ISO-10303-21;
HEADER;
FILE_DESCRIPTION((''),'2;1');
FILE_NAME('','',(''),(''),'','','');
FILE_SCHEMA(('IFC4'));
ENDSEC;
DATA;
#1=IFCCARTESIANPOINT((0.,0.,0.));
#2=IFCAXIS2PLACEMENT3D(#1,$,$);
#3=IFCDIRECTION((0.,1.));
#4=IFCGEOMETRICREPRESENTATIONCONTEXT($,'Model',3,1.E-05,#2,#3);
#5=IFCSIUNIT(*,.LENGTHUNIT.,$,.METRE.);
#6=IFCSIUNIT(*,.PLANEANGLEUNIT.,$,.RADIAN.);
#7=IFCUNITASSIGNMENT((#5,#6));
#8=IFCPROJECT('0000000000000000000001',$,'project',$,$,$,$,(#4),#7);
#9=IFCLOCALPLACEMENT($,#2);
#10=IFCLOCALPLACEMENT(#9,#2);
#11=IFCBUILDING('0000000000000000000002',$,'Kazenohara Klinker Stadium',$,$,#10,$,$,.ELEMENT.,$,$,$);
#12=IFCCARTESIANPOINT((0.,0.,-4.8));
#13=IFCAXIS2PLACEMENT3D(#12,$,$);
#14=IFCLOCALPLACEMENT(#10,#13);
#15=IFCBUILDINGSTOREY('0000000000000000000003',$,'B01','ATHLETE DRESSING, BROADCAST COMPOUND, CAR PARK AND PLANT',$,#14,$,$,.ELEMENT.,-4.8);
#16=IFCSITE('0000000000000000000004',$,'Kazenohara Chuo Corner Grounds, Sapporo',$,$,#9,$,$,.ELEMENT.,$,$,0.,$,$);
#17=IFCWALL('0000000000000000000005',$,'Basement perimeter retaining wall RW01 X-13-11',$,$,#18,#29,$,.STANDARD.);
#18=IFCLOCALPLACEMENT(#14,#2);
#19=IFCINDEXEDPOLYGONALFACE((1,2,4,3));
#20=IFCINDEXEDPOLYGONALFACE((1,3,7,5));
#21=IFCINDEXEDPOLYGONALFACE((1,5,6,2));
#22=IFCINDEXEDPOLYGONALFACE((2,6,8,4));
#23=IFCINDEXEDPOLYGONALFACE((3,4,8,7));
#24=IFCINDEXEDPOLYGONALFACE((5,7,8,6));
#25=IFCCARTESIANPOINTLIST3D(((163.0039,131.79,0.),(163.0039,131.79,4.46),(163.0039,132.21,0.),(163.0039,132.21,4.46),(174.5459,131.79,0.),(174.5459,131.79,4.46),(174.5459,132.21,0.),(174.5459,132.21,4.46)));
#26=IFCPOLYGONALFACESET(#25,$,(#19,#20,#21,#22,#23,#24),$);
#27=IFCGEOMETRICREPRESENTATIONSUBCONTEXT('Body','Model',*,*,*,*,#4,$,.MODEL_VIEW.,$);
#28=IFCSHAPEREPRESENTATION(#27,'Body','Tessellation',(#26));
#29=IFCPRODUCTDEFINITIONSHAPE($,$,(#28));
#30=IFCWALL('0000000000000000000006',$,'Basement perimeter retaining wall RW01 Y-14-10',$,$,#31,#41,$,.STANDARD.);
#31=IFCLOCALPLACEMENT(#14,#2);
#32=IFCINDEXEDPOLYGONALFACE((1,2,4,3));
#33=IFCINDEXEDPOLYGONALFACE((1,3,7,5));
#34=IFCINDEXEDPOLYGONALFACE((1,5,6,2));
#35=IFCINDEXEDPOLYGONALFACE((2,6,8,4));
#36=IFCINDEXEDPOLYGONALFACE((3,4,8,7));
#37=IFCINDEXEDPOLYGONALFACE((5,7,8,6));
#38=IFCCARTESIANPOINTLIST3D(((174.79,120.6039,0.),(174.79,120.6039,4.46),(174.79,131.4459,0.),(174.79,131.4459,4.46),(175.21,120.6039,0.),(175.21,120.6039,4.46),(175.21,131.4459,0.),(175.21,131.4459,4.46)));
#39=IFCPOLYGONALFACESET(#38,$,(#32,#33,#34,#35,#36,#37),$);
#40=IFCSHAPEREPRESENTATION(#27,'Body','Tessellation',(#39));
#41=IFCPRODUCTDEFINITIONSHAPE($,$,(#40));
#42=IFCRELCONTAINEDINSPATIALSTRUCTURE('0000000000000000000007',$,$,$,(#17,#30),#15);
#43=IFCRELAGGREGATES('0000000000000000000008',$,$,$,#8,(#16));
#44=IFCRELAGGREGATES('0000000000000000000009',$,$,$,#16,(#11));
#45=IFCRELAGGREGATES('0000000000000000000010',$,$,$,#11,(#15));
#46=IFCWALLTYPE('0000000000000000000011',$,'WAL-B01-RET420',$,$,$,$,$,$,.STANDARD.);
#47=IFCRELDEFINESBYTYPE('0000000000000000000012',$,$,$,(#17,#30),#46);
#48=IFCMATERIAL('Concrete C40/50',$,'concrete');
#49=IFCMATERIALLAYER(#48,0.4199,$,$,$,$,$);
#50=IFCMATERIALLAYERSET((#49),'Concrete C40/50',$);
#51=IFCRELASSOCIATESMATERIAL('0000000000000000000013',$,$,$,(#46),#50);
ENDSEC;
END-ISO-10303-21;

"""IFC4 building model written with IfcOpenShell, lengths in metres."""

from ifc_helpers import new_model, si_unit, direction, frame, frame_2d, origin, place, context, subcontext, project, spatial, rectangle, extrude, material, layer, layer_set, type_object, element, save


model = new_model("IFC4")

# Units and contexts
model_context = context("Model", 3, precision=1e-05, world=origin(), true_north=direction((0.0, 1.0)))
body_context = subcontext(model_context, "Body", "Model", "MODEL_VIEW")
ifc_project = project(units=[si_unit("LENGTHUNIT", "METRE"), si_unit("PLANEANGLEUNIT", "RADIAN")], contexts=[model_context])

# Site, building, storey
site_placement = place(None, origin())
site = spatial("IfcSite", under=ifc_project, at=site_placement, Name="Kazenohara Chuo Corner Grounds, Sapporo", CompositionType="ELEMENT", RefElevation=0.0)
building_placement = place(site_placement, origin())
building = spatial("IfcBuilding", under=site, at=building_placement, Name="Kazenohara Klinker Stadium", CompositionType="ELEMENT")
storey_placement = place(building_placement, frame((0.0, 0.0, -4.8)))
storey = spatial("IfcBuildingStorey", under=building, at=storey_placement, Name="B01", Description="ATHLETE DRESSING, BROADCAST COMPOUND, CAR PARK AND PLANT", CompositionType="ELEMENT", Elevation=-4.8)

# Shared definitions
ifc_material_1 = material(Name="Concrete C40/50", Category="concrete")

# Walls
ifc_layer_1 = layer(ifc_material_1, 0.4199)
ifc_layer_set_1 = layer_set([ifc_layer_1], Name="Concrete C40/50")
wall_type_1 = type_object("IfcWallType", Name="WAL-B01-RET420", PredefinedType="STANDARD", material=ifc_layer_set_1)
wall_1_placement = place(storey_placement, frame((163.0039, 132.0, 0.0), z_axis=(0.0, 0.0, 1.0), x_axis=(1.0, 0.0, 0.0)))
element("IfcWall", 1, at=wall_1_placement, inside=storey, type_object=wall_type_1, Name="Basement perimeter retaining wall RW01 X-13-11", PredefinedType="STANDARD", context=body_context, shape_type="SweptSolid", body=[
    extrude(rectangle(XDim=11.542, YDim=0.4199, at=frame_2d((5.771, 0.0))), origin(), (0.0, 0.0, 1.0), 4.46),
])
wall_2_placement = place(storey_placement, frame((175.0, 120.604, 0.0), z_axis=(0.0, 0.0, 1.0), x_axis=(0.0, 1.0, 0.0)))
element("IfcWall", 2, at=wall_2_placement, inside=storey, type_object=wall_type_1, Name="Basement perimeter retaining wall RW01 Y-14-10", PredefinedType="STANDARD", context=body_context, shape_type="SweptSolid", body=[
    extrude(rectangle(XDim=10.842, YDim=0.4199, at=frame_2d((5.4209, 0.0))), origin(), (0.0, 0.0, 1.0), 4.46),
])

save(model, "model.ifc")
